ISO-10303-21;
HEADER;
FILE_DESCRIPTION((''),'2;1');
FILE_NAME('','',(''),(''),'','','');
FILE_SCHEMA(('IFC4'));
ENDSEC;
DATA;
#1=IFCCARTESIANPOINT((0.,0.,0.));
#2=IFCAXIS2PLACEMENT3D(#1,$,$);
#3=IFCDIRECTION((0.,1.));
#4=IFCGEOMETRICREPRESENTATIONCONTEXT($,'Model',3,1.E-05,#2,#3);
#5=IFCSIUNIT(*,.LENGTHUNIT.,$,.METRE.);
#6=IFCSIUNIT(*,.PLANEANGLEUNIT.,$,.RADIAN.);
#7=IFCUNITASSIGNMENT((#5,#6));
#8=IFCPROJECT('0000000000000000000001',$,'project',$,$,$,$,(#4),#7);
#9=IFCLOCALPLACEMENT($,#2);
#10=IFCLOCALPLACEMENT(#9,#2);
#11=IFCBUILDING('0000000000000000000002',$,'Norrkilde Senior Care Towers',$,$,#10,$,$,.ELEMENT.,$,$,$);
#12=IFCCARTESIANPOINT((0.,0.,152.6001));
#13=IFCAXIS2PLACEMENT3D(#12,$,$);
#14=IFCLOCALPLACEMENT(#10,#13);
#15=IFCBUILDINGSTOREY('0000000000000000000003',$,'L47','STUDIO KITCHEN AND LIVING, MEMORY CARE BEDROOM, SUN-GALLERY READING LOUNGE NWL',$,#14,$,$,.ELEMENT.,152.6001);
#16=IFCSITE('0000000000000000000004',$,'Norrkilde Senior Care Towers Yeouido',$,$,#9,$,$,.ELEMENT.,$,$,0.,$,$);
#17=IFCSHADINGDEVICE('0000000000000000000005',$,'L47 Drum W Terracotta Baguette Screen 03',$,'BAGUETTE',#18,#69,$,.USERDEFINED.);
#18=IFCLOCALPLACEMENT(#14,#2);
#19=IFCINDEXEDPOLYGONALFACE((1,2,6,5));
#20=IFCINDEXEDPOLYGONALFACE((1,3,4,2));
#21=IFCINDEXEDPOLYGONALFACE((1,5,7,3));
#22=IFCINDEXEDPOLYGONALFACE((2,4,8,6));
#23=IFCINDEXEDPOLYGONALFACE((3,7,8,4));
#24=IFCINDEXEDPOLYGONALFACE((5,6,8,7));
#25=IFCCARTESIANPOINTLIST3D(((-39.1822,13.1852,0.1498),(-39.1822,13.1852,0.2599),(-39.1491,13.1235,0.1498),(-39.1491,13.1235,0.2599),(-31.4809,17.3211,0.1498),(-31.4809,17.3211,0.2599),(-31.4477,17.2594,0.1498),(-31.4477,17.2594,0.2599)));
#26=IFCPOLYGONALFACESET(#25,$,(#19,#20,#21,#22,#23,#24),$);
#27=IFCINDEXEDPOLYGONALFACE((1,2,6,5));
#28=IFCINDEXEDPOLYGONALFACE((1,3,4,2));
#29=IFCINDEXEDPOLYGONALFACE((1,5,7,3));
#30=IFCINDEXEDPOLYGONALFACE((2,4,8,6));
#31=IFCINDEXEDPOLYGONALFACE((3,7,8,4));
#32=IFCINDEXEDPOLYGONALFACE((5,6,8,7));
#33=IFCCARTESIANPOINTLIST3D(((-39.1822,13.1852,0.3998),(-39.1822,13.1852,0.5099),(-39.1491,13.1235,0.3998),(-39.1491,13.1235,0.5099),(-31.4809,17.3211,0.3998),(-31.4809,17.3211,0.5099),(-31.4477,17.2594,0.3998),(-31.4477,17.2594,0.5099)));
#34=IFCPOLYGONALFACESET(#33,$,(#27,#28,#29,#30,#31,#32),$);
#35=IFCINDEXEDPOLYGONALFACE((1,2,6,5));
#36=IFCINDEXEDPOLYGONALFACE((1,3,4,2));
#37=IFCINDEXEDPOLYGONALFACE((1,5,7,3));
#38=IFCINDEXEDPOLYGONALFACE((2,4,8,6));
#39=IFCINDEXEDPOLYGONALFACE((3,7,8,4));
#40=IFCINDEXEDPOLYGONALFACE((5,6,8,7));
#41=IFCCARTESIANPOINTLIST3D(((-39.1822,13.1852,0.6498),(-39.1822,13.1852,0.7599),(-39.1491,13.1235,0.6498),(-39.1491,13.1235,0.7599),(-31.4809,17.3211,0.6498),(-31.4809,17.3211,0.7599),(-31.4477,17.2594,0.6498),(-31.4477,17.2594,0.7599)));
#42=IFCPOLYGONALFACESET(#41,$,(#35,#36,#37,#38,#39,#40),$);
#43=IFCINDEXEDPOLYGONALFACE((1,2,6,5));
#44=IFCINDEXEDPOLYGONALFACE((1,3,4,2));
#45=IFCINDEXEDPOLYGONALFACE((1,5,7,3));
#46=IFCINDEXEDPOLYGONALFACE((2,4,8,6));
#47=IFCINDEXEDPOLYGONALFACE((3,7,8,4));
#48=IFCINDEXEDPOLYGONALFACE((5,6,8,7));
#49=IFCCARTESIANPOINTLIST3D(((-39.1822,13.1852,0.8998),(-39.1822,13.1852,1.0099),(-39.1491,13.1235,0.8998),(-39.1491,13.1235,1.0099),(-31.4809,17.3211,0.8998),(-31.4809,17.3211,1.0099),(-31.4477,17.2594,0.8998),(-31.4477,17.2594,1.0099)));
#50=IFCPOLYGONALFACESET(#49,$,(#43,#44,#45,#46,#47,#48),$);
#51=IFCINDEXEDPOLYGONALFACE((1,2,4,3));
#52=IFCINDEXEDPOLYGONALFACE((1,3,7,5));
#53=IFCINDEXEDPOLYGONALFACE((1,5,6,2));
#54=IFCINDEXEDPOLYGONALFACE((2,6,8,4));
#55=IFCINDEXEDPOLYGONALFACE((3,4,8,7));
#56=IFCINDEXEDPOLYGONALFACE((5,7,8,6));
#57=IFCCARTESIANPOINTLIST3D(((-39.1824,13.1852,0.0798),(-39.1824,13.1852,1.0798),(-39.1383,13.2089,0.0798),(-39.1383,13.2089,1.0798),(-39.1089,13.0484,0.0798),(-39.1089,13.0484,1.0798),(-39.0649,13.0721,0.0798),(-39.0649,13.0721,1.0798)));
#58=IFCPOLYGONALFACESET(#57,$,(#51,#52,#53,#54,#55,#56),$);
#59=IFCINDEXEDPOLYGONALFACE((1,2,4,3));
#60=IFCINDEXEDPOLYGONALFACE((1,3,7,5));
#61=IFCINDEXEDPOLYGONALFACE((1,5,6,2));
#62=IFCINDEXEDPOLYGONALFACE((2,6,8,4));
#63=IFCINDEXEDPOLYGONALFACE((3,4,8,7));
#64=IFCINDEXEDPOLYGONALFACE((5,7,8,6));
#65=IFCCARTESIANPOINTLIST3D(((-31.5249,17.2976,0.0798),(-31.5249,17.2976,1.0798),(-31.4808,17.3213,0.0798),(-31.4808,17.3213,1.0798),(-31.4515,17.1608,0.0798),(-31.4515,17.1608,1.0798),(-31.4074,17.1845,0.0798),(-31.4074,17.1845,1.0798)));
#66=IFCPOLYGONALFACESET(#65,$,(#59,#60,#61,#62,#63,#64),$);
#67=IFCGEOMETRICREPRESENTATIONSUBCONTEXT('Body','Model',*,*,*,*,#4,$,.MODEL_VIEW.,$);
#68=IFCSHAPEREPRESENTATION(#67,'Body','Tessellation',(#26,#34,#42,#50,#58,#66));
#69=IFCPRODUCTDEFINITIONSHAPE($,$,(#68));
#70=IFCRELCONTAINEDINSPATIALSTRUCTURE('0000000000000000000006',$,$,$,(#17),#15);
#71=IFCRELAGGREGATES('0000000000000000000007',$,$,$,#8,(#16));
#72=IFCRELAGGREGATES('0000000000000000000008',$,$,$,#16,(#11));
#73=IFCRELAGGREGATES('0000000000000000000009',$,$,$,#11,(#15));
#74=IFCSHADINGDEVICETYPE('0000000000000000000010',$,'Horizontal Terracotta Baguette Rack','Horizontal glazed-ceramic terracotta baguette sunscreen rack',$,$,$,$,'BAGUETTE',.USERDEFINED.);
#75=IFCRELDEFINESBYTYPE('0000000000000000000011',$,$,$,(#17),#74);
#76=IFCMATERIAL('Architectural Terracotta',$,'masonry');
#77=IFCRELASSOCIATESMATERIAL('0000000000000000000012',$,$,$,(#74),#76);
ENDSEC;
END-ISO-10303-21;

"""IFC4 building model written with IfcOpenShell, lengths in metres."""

from ifc_helpers import new_model, si_unit, direction, frame, origin, origin_2d, place, context, subcontext, project, spatial, rectangle, extrude, source, transform, mapped, material, type_object, type_shapes, element, save


model = new_model("IFC4")

# Units and contexts
model_context = context("Model", 3, precision=1e-05, world=origin(), true_north=direction((0.0, 1.0)))
body_context = subcontext(model_context, "Body", "Model", "MODEL_VIEW")
ifc_project = project(units=[si_unit("LENGTHUNIT", "METRE"), si_unit("PLANEANGLEUNIT", "RADIAN")], contexts=[model_context])

# Site, building, storey
site_placement = place(None, origin())
site = spatial("IfcSite", under=ifc_project, at=site_placement, Name="Norrkilde Senior Care Towers Yeouido", CompositionType="ELEMENT", RefElevation=0.0)
building_placement = place(site_placement, origin())
building = spatial("IfcBuilding", under=site, at=building_placement, Name="Norrkilde Senior Care Towers", CompositionType="ELEMENT")
storey_placement = place(building_placement, frame((0.0, 0.0, 152.6001)))
storey = spatial("IfcBuildingStorey", under=building, at=storey_placement, Name="L47", Description="STUDIO KITCHEN AND LIVING, MEMORY CARE BEDROOM, SUN-GALLERY READING LOUNGE NWL", CompositionType="ELEMENT", Elevation=152.6001)

# Shading device
ifc_material_1 = material(Name="Architectural Terracotta", Category="masonry")
shading_device_type = type_object("IfcShadingDeviceType", Name="Horizontal Terracotta Baguette Rack", Description="Horizontal glazed-ceramic terracotta baguette sunscreen rack", ElementType="BAGUETTE", PredefinedType="USERDEFINED", material=ifc_material_1)
shared_shape_1 = source(origin(), body_context, "Body", "SweptSolid", [
    extrude(rectangle(XDim=0.0701, YDim=0.1101, at=origin_2d()), frame((0.0, 0.0901, 0.125), z_axis=(1.0, 0.0, 0.0), x_axis=(0.0, 1.0, 0.0)), (0.0, 0.0, 1.0), 8.7417),
    extrude(rectangle(XDim=0.0701, YDim=0.1101, at=origin_2d()), frame((0.0, 0.0901, 0.375), z_axis=(1.0, 0.0, 0.0), x_axis=(0.0, 1.0, 0.0)), (0.0, 0.0, 1.0), 8.7417),
    extrude(rectangle(XDim=0.0701, YDim=0.1101, at=origin_2d()), frame((0.0, 0.0901, 0.625), z_axis=(1.0, 0.0, 0.0), x_axis=(0.0, 1.0, 0.0)), (0.0, 0.0, 1.0), 8.7417),
    extrude(rectangle(XDim=0.0701, YDim=0.1101, at=origin_2d()), frame((0.0, 0.0901, 0.875), z_axis=(1.0, 0.0, 0.0), x_axis=(0.0, 1.0, 0.0)), (0.0, 0.0, 1.0), 8.7417),
    extrude(rectangle(XDim=0.05, YDim=0.1553, at=origin_2d()), frame((0.0249, 0.0476, 0.0)), (0.0, 0.0, 1.0), 1.0),
    extrude(rectangle(XDim=0.05, YDim=0.1553, at=origin_2d()), frame((8.7168, 0.0476, 0.0)), (0.0, 0.0, 1.0), 1.0),
])
type_shapes(shading_device_type, [shared_shape_1])
shading_device_placement = place(storey_placement, frame((-39.123, 13.075, 0.0798), z_axis=(0.0, 0.0, 1.0), x_axis=(0.880998, 0.473133, 0.0)))
element("IfcShadingDevice", 1, at=shading_device_placement, inside=storey, type_object=shading_device_type, Name="L47 Drum W Terracotta Baguette Screen 03", ObjectType="BAGUETTE", PredefinedType="USERDEFINED", context=body_context, shape_type="MappedRepresentation", body=[
    mapped(shared_shape_1, transform((0.0, 0.0, 0.0), x_axis=(1.0, 0.0, 0.0), y_axis=(0.0, 1.0, 0.0), z_axis=(0.0, 0.0, 1.0), scale=1.0)),
])

save(model, "model.ifc")
